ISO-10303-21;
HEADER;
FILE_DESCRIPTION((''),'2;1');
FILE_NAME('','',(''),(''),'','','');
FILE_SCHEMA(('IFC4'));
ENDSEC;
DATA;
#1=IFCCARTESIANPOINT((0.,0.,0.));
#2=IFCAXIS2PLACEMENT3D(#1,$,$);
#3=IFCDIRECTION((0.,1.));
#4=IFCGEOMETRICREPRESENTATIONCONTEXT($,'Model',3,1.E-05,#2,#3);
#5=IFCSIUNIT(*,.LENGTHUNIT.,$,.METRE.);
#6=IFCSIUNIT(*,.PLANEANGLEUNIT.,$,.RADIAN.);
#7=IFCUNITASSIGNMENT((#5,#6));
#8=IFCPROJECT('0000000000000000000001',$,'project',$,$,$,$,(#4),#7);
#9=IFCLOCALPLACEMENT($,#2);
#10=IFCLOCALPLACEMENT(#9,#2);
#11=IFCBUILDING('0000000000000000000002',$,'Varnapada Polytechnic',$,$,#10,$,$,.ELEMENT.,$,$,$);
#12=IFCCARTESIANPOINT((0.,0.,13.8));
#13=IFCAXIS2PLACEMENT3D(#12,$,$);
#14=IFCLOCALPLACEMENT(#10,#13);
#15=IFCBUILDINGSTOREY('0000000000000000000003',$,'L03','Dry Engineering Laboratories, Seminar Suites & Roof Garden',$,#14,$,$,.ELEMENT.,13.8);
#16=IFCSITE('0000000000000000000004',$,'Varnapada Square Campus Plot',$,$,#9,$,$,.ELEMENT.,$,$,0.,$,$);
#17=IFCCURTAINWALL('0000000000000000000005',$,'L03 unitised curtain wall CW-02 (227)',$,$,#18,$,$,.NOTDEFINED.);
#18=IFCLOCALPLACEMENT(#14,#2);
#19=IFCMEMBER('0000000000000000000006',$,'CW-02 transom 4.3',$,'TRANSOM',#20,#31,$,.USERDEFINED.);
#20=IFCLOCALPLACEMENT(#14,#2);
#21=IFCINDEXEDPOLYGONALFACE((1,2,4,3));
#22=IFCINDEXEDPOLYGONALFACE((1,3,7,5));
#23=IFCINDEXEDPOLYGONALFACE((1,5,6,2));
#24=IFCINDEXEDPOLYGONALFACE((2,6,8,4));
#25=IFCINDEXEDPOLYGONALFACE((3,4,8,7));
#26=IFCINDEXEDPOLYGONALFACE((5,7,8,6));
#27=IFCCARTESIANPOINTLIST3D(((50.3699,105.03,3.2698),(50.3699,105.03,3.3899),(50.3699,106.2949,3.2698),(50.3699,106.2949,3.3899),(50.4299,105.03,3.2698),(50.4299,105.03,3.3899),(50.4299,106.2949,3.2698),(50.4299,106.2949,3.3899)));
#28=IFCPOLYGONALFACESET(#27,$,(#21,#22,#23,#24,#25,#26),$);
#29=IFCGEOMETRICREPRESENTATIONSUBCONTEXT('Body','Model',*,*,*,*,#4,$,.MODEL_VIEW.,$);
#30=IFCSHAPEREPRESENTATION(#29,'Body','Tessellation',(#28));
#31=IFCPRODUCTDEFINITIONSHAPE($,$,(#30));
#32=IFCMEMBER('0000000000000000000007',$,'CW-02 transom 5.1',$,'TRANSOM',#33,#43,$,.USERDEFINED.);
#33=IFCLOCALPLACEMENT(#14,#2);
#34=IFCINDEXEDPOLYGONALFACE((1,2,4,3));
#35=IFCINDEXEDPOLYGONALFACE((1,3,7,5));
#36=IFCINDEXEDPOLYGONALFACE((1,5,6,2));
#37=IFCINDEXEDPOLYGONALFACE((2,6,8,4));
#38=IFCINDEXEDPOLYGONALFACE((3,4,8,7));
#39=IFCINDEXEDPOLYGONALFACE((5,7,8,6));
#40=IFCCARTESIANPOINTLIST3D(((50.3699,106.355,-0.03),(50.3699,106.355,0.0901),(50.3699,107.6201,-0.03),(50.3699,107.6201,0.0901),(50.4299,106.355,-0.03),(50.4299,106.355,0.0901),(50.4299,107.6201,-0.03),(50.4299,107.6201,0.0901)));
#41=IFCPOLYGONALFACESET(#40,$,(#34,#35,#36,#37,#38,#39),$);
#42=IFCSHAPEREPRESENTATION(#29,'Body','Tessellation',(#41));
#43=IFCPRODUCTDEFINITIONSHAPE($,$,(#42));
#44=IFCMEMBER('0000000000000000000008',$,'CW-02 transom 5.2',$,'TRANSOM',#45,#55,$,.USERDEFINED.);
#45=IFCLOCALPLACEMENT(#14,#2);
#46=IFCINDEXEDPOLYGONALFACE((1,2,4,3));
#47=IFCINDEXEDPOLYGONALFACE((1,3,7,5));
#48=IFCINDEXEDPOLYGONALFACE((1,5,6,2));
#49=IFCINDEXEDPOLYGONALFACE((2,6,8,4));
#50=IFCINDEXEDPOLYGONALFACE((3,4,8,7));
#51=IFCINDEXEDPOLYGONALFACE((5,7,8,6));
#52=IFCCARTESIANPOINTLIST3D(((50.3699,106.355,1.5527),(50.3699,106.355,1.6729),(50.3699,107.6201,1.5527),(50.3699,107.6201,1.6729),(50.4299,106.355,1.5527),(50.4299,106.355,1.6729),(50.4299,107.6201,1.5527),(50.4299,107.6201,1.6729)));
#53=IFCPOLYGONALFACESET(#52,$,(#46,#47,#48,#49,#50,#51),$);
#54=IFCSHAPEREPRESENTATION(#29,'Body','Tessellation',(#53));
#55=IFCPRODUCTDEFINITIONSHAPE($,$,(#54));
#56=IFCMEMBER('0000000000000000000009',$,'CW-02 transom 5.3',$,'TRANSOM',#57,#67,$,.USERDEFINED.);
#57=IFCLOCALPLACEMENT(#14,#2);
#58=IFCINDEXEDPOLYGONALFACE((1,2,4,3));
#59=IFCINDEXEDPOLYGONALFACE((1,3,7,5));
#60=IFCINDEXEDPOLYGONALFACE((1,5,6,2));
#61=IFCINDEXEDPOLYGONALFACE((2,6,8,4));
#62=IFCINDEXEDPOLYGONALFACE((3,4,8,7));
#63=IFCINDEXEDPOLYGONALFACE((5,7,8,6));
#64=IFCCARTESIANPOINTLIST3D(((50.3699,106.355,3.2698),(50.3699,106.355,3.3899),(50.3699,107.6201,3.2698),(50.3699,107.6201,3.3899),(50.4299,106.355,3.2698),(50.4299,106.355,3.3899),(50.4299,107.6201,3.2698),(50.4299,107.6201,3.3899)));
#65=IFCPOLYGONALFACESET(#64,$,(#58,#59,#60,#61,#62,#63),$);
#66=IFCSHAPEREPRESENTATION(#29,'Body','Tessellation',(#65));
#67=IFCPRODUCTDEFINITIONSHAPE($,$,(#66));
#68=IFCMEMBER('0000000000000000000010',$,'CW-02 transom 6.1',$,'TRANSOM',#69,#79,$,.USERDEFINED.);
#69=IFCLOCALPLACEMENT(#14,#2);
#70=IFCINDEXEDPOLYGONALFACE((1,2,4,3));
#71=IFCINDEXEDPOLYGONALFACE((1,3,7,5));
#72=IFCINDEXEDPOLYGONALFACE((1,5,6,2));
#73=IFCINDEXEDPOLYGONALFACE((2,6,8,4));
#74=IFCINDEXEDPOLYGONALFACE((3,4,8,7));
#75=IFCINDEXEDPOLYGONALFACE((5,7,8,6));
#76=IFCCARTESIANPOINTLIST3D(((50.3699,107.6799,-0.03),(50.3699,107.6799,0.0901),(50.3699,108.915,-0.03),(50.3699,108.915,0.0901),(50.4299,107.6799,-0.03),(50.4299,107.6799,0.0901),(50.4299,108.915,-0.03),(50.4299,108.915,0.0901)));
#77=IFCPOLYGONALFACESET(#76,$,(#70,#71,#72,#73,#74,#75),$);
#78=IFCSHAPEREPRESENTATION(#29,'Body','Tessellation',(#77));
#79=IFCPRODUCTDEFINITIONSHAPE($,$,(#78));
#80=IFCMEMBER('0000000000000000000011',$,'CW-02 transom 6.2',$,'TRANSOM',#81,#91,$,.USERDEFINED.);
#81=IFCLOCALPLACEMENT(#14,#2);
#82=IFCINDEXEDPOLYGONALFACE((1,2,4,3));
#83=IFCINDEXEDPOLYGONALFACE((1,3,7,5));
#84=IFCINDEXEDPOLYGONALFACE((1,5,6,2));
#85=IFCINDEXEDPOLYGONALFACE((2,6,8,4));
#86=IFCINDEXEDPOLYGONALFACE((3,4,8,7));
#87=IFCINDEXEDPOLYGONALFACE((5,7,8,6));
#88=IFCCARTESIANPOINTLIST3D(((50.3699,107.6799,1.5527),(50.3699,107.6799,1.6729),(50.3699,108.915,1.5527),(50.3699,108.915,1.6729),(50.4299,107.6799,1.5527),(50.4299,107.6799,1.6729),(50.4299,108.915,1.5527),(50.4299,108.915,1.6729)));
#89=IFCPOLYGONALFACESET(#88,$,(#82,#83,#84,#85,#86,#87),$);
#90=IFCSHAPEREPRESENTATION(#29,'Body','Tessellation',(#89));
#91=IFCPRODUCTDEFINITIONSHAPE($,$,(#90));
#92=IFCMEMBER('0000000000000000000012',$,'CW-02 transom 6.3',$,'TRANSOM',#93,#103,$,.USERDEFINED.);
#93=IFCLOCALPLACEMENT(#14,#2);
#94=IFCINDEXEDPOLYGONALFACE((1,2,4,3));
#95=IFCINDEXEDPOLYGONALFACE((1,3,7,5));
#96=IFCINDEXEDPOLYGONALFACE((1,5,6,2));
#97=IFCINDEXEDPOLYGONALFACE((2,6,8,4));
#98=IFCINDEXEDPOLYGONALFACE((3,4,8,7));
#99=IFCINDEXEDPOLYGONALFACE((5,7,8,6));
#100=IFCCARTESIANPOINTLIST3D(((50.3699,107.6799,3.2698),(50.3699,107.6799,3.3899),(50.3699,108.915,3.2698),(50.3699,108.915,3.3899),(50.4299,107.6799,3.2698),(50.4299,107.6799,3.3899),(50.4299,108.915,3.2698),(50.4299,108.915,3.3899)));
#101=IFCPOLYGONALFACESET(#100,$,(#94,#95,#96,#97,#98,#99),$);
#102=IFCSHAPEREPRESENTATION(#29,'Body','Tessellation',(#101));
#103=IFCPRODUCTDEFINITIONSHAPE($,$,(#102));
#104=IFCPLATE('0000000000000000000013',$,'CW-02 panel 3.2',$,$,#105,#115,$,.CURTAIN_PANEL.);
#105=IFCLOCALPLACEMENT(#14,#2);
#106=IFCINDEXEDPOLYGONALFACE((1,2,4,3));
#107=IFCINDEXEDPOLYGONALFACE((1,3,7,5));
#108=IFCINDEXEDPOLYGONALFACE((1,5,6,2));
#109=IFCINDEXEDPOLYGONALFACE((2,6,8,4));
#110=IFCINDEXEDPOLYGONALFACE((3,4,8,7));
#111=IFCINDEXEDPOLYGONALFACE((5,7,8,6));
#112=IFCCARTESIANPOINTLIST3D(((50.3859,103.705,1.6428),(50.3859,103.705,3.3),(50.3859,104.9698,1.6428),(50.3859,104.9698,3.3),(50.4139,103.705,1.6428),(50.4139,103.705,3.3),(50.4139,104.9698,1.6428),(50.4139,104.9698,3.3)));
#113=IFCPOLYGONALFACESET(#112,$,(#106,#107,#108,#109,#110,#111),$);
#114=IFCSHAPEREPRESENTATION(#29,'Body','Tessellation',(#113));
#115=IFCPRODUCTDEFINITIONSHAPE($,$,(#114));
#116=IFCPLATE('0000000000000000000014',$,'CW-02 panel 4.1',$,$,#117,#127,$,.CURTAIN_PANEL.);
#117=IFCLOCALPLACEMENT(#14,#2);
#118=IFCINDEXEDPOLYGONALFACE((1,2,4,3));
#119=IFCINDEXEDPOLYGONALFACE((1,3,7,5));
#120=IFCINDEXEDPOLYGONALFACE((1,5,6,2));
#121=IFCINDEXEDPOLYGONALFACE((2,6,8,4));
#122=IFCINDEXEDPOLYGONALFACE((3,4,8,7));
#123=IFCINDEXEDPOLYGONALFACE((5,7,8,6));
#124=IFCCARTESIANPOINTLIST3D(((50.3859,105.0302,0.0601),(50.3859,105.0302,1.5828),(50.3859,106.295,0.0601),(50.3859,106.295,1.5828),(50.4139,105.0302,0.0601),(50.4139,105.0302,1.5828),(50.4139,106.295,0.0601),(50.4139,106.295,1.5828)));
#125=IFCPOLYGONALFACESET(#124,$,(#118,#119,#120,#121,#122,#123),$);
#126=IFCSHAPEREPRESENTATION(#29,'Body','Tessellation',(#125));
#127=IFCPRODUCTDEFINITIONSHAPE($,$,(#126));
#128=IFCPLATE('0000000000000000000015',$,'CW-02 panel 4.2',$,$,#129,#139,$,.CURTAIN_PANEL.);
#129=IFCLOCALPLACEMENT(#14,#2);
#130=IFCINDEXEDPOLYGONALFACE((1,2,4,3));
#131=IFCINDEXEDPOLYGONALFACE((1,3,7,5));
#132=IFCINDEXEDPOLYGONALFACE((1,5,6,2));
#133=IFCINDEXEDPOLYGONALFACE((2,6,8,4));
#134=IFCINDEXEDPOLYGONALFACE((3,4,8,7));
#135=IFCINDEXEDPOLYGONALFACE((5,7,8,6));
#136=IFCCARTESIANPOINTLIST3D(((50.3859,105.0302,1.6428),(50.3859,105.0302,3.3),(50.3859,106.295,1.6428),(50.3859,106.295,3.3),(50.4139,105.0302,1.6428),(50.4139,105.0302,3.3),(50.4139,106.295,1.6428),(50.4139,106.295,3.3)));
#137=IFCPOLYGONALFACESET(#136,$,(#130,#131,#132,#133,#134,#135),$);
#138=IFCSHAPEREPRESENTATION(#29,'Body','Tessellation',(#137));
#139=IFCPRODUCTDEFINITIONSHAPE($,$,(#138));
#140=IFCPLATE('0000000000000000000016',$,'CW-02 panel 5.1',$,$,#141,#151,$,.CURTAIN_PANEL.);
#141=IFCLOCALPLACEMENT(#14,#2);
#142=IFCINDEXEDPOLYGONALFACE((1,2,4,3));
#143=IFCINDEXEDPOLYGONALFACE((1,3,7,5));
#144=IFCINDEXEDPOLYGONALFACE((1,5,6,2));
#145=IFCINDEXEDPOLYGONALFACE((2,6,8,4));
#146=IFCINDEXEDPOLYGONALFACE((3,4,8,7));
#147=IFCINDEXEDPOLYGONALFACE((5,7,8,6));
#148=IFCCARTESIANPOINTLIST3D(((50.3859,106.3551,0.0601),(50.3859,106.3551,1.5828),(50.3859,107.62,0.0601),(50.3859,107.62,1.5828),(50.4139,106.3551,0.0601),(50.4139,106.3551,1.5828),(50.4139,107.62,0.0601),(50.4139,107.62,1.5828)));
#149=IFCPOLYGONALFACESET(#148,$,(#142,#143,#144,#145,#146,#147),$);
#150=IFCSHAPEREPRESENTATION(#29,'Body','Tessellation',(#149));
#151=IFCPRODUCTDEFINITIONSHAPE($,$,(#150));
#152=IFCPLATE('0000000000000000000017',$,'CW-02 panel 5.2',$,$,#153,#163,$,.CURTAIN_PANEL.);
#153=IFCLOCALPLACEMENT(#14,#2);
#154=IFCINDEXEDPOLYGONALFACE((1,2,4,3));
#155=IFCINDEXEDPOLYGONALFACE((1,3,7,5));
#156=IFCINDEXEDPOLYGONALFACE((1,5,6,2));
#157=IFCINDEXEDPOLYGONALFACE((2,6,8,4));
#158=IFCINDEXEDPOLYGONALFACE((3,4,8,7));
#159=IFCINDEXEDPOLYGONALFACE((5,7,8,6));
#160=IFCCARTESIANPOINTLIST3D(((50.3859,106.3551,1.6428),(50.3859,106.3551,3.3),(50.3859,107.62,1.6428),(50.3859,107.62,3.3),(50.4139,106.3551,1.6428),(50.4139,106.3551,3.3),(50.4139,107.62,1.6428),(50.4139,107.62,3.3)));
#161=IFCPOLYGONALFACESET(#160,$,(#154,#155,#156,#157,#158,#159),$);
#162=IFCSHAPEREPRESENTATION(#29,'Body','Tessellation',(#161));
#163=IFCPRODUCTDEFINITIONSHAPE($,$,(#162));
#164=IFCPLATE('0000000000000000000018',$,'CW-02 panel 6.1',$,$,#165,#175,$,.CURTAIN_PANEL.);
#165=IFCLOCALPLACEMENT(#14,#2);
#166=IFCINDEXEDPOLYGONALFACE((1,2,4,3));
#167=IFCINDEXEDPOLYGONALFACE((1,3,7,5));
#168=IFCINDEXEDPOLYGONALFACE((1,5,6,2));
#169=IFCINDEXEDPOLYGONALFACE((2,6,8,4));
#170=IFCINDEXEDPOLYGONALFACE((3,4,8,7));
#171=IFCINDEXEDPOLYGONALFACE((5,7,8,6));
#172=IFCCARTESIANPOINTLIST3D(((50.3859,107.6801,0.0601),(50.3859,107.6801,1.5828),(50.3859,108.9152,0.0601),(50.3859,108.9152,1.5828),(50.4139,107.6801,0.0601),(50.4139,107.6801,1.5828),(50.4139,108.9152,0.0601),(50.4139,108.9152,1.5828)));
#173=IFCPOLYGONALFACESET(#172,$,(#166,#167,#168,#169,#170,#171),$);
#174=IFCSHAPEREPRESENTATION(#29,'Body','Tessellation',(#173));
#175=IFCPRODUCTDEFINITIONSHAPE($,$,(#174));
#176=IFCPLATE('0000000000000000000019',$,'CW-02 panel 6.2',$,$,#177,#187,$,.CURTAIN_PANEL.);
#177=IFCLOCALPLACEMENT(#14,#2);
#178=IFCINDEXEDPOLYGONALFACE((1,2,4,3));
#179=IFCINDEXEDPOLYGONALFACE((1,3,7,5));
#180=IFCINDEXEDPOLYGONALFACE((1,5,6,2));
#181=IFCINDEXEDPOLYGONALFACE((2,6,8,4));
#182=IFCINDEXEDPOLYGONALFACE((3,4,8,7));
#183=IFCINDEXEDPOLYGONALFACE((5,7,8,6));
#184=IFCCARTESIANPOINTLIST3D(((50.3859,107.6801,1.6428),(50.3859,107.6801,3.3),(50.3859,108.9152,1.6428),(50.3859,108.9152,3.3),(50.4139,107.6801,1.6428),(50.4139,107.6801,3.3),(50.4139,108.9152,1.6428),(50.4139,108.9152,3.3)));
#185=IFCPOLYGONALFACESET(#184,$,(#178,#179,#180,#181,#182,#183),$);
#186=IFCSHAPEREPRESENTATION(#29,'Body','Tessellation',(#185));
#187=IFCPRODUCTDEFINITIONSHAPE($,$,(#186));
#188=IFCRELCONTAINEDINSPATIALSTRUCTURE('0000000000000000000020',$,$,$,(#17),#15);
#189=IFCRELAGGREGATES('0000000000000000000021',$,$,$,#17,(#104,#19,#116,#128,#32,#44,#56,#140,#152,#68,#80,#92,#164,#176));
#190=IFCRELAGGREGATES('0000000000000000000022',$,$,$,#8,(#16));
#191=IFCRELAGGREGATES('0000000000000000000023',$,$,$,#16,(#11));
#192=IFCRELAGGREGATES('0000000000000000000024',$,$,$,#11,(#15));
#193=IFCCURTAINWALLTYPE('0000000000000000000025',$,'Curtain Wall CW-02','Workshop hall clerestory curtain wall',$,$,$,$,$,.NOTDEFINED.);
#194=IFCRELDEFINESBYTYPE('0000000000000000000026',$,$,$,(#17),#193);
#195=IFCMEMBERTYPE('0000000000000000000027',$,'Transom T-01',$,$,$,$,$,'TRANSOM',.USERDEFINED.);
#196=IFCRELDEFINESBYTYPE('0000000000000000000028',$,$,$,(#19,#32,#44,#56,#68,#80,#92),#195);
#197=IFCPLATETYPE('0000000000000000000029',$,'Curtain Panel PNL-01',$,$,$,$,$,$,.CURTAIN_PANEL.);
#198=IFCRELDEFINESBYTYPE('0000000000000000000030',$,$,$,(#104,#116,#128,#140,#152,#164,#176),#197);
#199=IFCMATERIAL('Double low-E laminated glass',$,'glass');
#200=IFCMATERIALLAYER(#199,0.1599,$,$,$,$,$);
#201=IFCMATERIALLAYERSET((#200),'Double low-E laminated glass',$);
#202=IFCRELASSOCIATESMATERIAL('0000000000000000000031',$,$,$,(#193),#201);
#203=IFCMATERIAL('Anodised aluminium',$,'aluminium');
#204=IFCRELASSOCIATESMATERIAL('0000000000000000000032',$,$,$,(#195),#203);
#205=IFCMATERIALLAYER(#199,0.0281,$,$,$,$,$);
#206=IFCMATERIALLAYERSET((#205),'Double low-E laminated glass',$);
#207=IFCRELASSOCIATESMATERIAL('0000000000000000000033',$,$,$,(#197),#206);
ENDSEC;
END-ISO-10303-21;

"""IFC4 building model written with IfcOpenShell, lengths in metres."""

from ifc_helpers import new_model, si_unit, direction, frame, origin, origin_2d, place, context, subcontext, project, spatial, rectangle, extrude, material, layer, layer_set, material_profile, profile_set, type_object, element, aggregate, save


model = new_model("IFC4")

# Units and contexts
model_context = context("Model", 3, precision=1e-05, world=origin(), true_north=direction((0.0, 1.0)))
body_context = subcontext(model_context, "Body", "Model", "MODEL_VIEW")
ifc_project = project(units=[si_unit("LENGTHUNIT", "METRE"), si_unit("PLANEANGLEUNIT", "RADIAN")], contexts=[model_context])

# Site, building, storey
site_placement = place(None, origin())
site = spatial("IfcSite", under=ifc_project, at=site_placement, Name="Varnapada Square Campus Plot", CompositionType="ELEMENT", RefElevation=0.0)
building_placement = place(site_placement, origin())
building = spatial("IfcBuilding", under=site, at=building_placement, Name="Varnapada Polytechnic", CompositionType="ELEMENT")
storey_placement = place(building_placement, frame((0.0, 0.0, 13.8)))
storey = spatial("IfcBuildingStorey", under=building, at=storey_placement, Name="L03", Description="Dry Engineering Laboratories, Seminar Suites & Roof Garden", CompositionType="ELEMENT", Elevation=13.8)

# Curtain wall
ifc_material_1 = material(Name="Double low-E laminated glass", Category="glass")
ifc_layer_1 = layer(ifc_material_1, 0.1599)
ifc_layer_set_1 = layer_set([ifc_layer_1], Name="Double low-E laminated glass")
curtain_wall_type = type_object("IfcCurtainWallType", Name="Curtain Wall CW-02", Description="Workshop hall clerestory curtain wall", PredefinedType="NOTDEFINED", material=ifc_layer_set_1)
curtain_wall_placement = place(storey_placement, origin())
curtain_wall = element("IfcCurtainWall", 1, at=curtain_wall_placement, inside=storey, type_object=curtain_wall_type, Name="L03 unitised curtain wall CW-02 (227)", PredefinedType="NOTDEFINED")
ifc_material_2 = material(Name="Anodised aluminium", Category="aluminium")

# Members
ifc_material_profile_1 = material_profile(ifc_material_2, rectangle(XDim=0.0601, YDim=0.1201, at=origin_2d()), Name="ALU T60x120")
ifc_profile_set_1 = profile_set([ifc_material_profile_1], Name="Anodised aluminium")
member_type_1 = type_object("IfcMemberType", Name="Transom T-01", ElementType="TRANSOM", PredefinedType="USERDEFINED", material=ifc_profile_set_1)
member_1_placement = place(storey_placement, frame((50.3999, 105.03, 3.3298), z_axis=(0.0, 1.0, 0.0), x_axis=(-1.0, 0.0, 0.0)))
member_1 = element("IfcMember", 2, at=member_1_placement, type_object=member_type_1, Name="CW-02 transom 4.3", ObjectType="TRANSOM", PredefinedType="USERDEFINED", context=body_context, shape_type="SweptSolid", body=[
    extrude(rectangle(XDim=0.0601, YDim=0.1201, at=origin_2d()), origin(), (0.0, 0.0, 1.0), 1.2649),
])
member_2_placement = place(storey_placement, frame((50.3999, 106.355, 0.03), z_axis=(0.0, 1.0, 0.0), x_axis=(-1.0, 0.0, 0.0)))
member_2 = element("IfcMember", 3, at=member_2_placement, type_object=member_type_1, Name="CW-02 transom 5.1", ObjectType="TRANSOM", PredefinedType="USERDEFINED", context=body_context, shape_type="SweptSolid", body=[
    extrude(rectangle(XDim=0.0601, YDim=0.1201, at=origin_2d()), origin(), (0.0, 0.0, 1.0), 1.2651),
])
member_3_placement = place(storey_placement, frame((50.3999, 106.355, 1.6128), z_axis=(0.0, 1.0, 0.0), x_axis=(-1.0, 0.0, 0.0)))
member_3 = element("IfcMember", 4, at=member_3_placement, type_object=member_type_1, Name="CW-02 transom 5.2", ObjectType="TRANSOM", PredefinedType="USERDEFINED", context=body_context, shape_type="SweptSolid", body=[
    extrude(rectangle(XDim=0.0601, YDim=0.1201, at=origin_2d()), origin(), (0.0, 0.0, 1.0), 1.2651),
])
member_4_placement = place(storey_placement, frame((50.3999, 106.355, 3.3298), z_axis=(0.0, 1.0, 0.0), x_axis=(-1.0, 0.0, 0.0)))
member_4 = element("IfcMember", 5, at=member_4_placement, type_object=member_type_1, Name="CW-02 transom 5.3", ObjectType="TRANSOM", PredefinedType="USERDEFINED", context=body_context, shape_type="SweptSolid", body=[
    extrude(rectangle(XDim=0.0601, YDim=0.1201, at=origin_2d()), origin(), (0.0, 0.0, 1.0), 1.2651),
])
member_5_placement = place(storey_placement, frame((50.3999, 107.6799, 0.03), z_axis=(0.0, 1.0, 0.0), x_axis=(-1.0, 0.0, 0.0)))
member_5 = element("IfcMember", 6, at=member_5_placement, type_object=member_type_1, Name="CW-02 transom 6.1", ObjectType="TRANSOM", PredefinedType="USERDEFINED", context=body_context, shape_type="SweptSolid", body=[
    extrude(rectangle(XDim=0.0601, YDim=0.1201, at=origin_2d()), origin(), (0.0, 0.0, 1.0), 1.2351),
])
member_6_placement = place(storey_placement, frame((50.3999, 107.6799, 1.6128), z_axis=(0.0, 1.0, 0.0), x_axis=(-1.0, 0.0, 0.0)))
member_6 = element("IfcMember", 7, at=member_6_placement, type_object=member_type_1, Name="CW-02 transom 6.2", ObjectType="TRANSOM", PredefinedType="USERDEFINED", context=body_context, shape_type="SweptSolid", body=[
    extrude(rectangle(XDim=0.0601, YDim=0.1201, at=origin_2d()), origin(), (0.0, 0.0, 1.0), 1.2351),
])
member_7_placement = place(storey_placement, frame((50.3999, 107.6799, 3.3298), z_axis=(0.0, 1.0, 0.0), x_axis=(-1.0, 0.0, 0.0)))
member_7 = element("IfcMember", 8, at=member_7_placement, type_object=member_type_1, Name="CW-02 transom 6.3", ObjectType="TRANSOM", PredefinedType="USERDEFINED", context=body_context, shape_type="SweptSolid", body=[
    extrude(rectangle(XDim=0.0601, YDim=0.1201, at=origin_2d()), origin(), (0.0, 0.0, 1.0), 1.2351),
])

# Plates
ifc_layer_2 = layer(ifc_material_1, 0.0281)
ifc_layer_set_2 = layer_set([ifc_layer_2], Name="Double low-E laminated glass")
plate_type = type_object("IfcPlateType", Name="Curtain Panel PNL-01", PredefinedType="CURTAIN_PANEL", material=ifc_layer_set_2)
plate_1_placement = place(storey_placement, frame((50.3999, 104.3374, 1.6428), z_axis=(0.0, 0.0, 1.0), x_axis=(0.0, 1.0, 0.0)))
plate_1 = element("IfcPlate", 9, at=plate_1_placement, type_object=plate_type, Name="CW-02 panel 3.2", PredefinedType="CURTAIN_PANEL", context=body_context, shape_type="SweptSolid", body=[
    extrude(rectangle(XDim=1.2649, YDim=0.0281, at=origin_2d()), origin(), (0.0, 0.0, 1.0), 1.6572),
])
plate_2_placement = place(storey_placement, frame((50.3999, 105.6626, 0.0601), z_axis=(0.0, 0.0, 1.0), x_axis=(0.0, 1.0, 0.0)))
plate_2 = element("IfcPlate", 10, at=plate_2_placement, type_object=plate_type, Name="CW-02 panel 4.1", PredefinedType="CURTAIN_PANEL", context=body_context, shape_type="SweptSolid", body=[
    extrude(rectangle(XDim=1.2649, YDim=0.0281, at=origin_2d()), origin(), (0.0, 0.0, 1.0), 1.5227),
])
plate_3_placement = place(storey_placement, frame((50.3999, 105.6626, 1.6428), z_axis=(0.0, 0.0, 1.0), x_axis=(0.0, 1.0, 0.0)))
plate_3 = element("IfcPlate", 11, at=plate_3_placement, type_object=plate_type, Name="CW-02 panel 4.2", PredefinedType="CURTAIN_PANEL", context=body_context, shape_type="SweptSolid", body=[
    extrude(rectangle(XDim=1.2649, YDim=0.0281, at=origin_2d()), origin(), (0.0, 0.0, 1.0), 1.6572),
])
plate_4_placement = place(storey_placement, frame((50.3999, 106.9875, 0.0601), z_axis=(0.0, 0.0, 1.0), x_axis=(0.0, 1.0, 0.0)))
plate_4 = element("IfcPlate", 12, at=plate_4_placement, type_object=plate_type, Name="CW-02 panel 5.1", PredefinedType="CURTAIN_PANEL", context=body_context, shape_type="SweptSolid", body=[
    extrude(rectangle(XDim=1.2649, YDim=0.0281, at=origin_2d()), origin(), (0.0, 0.0, 1.0), 1.5227),
])
plate_5_placement = place(storey_placement, frame((50.3999, 106.9875, 1.6428), z_axis=(0.0, 0.0, 1.0), x_axis=(0.0, 1.0, 0.0)))
plate_5 = element("IfcPlate", 13, at=plate_5_placement, type_object=plate_type, Name="CW-02 panel 5.2", PredefinedType="CURTAIN_PANEL", context=body_context, shape_type="SweptSolid", body=[
    extrude(rectangle(XDim=1.2649, YDim=0.0281, at=origin_2d()), origin(), (0.0, 0.0, 1.0), 1.6572),
])
plate_6_placement = place(storey_placement, frame((50.3999, 108.2976, 0.0601), z_axis=(0.0, 0.0, 1.0), x_axis=(0.0, 1.0, 0.0)))
plate_6 = element("IfcPlate", 14, at=plate_6_placement, type_object=plate_type, Name="CW-02 panel 6.1", PredefinedType="CURTAIN_PANEL", context=body_context, shape_type="SweptSolid", body=[
    extrude(rectangle(XDim=1.2351, YDim=0.0281, at=origin_2d()), origin(), (0.0, 0.0, 1.0), 1.5227),
])
plate_7_placement = place(storey_placement, frame((50.3999, 108.2976, 1.6428), z_axis=(0.0, 0.0, 1.0), x_axis=(0.0, 1.0, 0.0)))
plate_7 = element("IfcPlate", 15, at=plate_7_placement, type_object=plate_type, Name="CW-02 panel 6.2", PredefinedType="CURTAIN_PANEL", context=body_context, shape_type="SweptSolid", body=[
    extrude(rectangle(XDim=1.2351, YDim=0.0281, at=origin_2d()), origin(), (0.0, 0.0, 1.0), 1.6572),
])
aggregate(curtain_wall, [plate_1, member_1, plate_2, plate_3, member_2, member_3, member_4, plate_4, plate_5, member_5, member_6, member_7, plate_6, plate_7])

save(model, "model.ifc")
